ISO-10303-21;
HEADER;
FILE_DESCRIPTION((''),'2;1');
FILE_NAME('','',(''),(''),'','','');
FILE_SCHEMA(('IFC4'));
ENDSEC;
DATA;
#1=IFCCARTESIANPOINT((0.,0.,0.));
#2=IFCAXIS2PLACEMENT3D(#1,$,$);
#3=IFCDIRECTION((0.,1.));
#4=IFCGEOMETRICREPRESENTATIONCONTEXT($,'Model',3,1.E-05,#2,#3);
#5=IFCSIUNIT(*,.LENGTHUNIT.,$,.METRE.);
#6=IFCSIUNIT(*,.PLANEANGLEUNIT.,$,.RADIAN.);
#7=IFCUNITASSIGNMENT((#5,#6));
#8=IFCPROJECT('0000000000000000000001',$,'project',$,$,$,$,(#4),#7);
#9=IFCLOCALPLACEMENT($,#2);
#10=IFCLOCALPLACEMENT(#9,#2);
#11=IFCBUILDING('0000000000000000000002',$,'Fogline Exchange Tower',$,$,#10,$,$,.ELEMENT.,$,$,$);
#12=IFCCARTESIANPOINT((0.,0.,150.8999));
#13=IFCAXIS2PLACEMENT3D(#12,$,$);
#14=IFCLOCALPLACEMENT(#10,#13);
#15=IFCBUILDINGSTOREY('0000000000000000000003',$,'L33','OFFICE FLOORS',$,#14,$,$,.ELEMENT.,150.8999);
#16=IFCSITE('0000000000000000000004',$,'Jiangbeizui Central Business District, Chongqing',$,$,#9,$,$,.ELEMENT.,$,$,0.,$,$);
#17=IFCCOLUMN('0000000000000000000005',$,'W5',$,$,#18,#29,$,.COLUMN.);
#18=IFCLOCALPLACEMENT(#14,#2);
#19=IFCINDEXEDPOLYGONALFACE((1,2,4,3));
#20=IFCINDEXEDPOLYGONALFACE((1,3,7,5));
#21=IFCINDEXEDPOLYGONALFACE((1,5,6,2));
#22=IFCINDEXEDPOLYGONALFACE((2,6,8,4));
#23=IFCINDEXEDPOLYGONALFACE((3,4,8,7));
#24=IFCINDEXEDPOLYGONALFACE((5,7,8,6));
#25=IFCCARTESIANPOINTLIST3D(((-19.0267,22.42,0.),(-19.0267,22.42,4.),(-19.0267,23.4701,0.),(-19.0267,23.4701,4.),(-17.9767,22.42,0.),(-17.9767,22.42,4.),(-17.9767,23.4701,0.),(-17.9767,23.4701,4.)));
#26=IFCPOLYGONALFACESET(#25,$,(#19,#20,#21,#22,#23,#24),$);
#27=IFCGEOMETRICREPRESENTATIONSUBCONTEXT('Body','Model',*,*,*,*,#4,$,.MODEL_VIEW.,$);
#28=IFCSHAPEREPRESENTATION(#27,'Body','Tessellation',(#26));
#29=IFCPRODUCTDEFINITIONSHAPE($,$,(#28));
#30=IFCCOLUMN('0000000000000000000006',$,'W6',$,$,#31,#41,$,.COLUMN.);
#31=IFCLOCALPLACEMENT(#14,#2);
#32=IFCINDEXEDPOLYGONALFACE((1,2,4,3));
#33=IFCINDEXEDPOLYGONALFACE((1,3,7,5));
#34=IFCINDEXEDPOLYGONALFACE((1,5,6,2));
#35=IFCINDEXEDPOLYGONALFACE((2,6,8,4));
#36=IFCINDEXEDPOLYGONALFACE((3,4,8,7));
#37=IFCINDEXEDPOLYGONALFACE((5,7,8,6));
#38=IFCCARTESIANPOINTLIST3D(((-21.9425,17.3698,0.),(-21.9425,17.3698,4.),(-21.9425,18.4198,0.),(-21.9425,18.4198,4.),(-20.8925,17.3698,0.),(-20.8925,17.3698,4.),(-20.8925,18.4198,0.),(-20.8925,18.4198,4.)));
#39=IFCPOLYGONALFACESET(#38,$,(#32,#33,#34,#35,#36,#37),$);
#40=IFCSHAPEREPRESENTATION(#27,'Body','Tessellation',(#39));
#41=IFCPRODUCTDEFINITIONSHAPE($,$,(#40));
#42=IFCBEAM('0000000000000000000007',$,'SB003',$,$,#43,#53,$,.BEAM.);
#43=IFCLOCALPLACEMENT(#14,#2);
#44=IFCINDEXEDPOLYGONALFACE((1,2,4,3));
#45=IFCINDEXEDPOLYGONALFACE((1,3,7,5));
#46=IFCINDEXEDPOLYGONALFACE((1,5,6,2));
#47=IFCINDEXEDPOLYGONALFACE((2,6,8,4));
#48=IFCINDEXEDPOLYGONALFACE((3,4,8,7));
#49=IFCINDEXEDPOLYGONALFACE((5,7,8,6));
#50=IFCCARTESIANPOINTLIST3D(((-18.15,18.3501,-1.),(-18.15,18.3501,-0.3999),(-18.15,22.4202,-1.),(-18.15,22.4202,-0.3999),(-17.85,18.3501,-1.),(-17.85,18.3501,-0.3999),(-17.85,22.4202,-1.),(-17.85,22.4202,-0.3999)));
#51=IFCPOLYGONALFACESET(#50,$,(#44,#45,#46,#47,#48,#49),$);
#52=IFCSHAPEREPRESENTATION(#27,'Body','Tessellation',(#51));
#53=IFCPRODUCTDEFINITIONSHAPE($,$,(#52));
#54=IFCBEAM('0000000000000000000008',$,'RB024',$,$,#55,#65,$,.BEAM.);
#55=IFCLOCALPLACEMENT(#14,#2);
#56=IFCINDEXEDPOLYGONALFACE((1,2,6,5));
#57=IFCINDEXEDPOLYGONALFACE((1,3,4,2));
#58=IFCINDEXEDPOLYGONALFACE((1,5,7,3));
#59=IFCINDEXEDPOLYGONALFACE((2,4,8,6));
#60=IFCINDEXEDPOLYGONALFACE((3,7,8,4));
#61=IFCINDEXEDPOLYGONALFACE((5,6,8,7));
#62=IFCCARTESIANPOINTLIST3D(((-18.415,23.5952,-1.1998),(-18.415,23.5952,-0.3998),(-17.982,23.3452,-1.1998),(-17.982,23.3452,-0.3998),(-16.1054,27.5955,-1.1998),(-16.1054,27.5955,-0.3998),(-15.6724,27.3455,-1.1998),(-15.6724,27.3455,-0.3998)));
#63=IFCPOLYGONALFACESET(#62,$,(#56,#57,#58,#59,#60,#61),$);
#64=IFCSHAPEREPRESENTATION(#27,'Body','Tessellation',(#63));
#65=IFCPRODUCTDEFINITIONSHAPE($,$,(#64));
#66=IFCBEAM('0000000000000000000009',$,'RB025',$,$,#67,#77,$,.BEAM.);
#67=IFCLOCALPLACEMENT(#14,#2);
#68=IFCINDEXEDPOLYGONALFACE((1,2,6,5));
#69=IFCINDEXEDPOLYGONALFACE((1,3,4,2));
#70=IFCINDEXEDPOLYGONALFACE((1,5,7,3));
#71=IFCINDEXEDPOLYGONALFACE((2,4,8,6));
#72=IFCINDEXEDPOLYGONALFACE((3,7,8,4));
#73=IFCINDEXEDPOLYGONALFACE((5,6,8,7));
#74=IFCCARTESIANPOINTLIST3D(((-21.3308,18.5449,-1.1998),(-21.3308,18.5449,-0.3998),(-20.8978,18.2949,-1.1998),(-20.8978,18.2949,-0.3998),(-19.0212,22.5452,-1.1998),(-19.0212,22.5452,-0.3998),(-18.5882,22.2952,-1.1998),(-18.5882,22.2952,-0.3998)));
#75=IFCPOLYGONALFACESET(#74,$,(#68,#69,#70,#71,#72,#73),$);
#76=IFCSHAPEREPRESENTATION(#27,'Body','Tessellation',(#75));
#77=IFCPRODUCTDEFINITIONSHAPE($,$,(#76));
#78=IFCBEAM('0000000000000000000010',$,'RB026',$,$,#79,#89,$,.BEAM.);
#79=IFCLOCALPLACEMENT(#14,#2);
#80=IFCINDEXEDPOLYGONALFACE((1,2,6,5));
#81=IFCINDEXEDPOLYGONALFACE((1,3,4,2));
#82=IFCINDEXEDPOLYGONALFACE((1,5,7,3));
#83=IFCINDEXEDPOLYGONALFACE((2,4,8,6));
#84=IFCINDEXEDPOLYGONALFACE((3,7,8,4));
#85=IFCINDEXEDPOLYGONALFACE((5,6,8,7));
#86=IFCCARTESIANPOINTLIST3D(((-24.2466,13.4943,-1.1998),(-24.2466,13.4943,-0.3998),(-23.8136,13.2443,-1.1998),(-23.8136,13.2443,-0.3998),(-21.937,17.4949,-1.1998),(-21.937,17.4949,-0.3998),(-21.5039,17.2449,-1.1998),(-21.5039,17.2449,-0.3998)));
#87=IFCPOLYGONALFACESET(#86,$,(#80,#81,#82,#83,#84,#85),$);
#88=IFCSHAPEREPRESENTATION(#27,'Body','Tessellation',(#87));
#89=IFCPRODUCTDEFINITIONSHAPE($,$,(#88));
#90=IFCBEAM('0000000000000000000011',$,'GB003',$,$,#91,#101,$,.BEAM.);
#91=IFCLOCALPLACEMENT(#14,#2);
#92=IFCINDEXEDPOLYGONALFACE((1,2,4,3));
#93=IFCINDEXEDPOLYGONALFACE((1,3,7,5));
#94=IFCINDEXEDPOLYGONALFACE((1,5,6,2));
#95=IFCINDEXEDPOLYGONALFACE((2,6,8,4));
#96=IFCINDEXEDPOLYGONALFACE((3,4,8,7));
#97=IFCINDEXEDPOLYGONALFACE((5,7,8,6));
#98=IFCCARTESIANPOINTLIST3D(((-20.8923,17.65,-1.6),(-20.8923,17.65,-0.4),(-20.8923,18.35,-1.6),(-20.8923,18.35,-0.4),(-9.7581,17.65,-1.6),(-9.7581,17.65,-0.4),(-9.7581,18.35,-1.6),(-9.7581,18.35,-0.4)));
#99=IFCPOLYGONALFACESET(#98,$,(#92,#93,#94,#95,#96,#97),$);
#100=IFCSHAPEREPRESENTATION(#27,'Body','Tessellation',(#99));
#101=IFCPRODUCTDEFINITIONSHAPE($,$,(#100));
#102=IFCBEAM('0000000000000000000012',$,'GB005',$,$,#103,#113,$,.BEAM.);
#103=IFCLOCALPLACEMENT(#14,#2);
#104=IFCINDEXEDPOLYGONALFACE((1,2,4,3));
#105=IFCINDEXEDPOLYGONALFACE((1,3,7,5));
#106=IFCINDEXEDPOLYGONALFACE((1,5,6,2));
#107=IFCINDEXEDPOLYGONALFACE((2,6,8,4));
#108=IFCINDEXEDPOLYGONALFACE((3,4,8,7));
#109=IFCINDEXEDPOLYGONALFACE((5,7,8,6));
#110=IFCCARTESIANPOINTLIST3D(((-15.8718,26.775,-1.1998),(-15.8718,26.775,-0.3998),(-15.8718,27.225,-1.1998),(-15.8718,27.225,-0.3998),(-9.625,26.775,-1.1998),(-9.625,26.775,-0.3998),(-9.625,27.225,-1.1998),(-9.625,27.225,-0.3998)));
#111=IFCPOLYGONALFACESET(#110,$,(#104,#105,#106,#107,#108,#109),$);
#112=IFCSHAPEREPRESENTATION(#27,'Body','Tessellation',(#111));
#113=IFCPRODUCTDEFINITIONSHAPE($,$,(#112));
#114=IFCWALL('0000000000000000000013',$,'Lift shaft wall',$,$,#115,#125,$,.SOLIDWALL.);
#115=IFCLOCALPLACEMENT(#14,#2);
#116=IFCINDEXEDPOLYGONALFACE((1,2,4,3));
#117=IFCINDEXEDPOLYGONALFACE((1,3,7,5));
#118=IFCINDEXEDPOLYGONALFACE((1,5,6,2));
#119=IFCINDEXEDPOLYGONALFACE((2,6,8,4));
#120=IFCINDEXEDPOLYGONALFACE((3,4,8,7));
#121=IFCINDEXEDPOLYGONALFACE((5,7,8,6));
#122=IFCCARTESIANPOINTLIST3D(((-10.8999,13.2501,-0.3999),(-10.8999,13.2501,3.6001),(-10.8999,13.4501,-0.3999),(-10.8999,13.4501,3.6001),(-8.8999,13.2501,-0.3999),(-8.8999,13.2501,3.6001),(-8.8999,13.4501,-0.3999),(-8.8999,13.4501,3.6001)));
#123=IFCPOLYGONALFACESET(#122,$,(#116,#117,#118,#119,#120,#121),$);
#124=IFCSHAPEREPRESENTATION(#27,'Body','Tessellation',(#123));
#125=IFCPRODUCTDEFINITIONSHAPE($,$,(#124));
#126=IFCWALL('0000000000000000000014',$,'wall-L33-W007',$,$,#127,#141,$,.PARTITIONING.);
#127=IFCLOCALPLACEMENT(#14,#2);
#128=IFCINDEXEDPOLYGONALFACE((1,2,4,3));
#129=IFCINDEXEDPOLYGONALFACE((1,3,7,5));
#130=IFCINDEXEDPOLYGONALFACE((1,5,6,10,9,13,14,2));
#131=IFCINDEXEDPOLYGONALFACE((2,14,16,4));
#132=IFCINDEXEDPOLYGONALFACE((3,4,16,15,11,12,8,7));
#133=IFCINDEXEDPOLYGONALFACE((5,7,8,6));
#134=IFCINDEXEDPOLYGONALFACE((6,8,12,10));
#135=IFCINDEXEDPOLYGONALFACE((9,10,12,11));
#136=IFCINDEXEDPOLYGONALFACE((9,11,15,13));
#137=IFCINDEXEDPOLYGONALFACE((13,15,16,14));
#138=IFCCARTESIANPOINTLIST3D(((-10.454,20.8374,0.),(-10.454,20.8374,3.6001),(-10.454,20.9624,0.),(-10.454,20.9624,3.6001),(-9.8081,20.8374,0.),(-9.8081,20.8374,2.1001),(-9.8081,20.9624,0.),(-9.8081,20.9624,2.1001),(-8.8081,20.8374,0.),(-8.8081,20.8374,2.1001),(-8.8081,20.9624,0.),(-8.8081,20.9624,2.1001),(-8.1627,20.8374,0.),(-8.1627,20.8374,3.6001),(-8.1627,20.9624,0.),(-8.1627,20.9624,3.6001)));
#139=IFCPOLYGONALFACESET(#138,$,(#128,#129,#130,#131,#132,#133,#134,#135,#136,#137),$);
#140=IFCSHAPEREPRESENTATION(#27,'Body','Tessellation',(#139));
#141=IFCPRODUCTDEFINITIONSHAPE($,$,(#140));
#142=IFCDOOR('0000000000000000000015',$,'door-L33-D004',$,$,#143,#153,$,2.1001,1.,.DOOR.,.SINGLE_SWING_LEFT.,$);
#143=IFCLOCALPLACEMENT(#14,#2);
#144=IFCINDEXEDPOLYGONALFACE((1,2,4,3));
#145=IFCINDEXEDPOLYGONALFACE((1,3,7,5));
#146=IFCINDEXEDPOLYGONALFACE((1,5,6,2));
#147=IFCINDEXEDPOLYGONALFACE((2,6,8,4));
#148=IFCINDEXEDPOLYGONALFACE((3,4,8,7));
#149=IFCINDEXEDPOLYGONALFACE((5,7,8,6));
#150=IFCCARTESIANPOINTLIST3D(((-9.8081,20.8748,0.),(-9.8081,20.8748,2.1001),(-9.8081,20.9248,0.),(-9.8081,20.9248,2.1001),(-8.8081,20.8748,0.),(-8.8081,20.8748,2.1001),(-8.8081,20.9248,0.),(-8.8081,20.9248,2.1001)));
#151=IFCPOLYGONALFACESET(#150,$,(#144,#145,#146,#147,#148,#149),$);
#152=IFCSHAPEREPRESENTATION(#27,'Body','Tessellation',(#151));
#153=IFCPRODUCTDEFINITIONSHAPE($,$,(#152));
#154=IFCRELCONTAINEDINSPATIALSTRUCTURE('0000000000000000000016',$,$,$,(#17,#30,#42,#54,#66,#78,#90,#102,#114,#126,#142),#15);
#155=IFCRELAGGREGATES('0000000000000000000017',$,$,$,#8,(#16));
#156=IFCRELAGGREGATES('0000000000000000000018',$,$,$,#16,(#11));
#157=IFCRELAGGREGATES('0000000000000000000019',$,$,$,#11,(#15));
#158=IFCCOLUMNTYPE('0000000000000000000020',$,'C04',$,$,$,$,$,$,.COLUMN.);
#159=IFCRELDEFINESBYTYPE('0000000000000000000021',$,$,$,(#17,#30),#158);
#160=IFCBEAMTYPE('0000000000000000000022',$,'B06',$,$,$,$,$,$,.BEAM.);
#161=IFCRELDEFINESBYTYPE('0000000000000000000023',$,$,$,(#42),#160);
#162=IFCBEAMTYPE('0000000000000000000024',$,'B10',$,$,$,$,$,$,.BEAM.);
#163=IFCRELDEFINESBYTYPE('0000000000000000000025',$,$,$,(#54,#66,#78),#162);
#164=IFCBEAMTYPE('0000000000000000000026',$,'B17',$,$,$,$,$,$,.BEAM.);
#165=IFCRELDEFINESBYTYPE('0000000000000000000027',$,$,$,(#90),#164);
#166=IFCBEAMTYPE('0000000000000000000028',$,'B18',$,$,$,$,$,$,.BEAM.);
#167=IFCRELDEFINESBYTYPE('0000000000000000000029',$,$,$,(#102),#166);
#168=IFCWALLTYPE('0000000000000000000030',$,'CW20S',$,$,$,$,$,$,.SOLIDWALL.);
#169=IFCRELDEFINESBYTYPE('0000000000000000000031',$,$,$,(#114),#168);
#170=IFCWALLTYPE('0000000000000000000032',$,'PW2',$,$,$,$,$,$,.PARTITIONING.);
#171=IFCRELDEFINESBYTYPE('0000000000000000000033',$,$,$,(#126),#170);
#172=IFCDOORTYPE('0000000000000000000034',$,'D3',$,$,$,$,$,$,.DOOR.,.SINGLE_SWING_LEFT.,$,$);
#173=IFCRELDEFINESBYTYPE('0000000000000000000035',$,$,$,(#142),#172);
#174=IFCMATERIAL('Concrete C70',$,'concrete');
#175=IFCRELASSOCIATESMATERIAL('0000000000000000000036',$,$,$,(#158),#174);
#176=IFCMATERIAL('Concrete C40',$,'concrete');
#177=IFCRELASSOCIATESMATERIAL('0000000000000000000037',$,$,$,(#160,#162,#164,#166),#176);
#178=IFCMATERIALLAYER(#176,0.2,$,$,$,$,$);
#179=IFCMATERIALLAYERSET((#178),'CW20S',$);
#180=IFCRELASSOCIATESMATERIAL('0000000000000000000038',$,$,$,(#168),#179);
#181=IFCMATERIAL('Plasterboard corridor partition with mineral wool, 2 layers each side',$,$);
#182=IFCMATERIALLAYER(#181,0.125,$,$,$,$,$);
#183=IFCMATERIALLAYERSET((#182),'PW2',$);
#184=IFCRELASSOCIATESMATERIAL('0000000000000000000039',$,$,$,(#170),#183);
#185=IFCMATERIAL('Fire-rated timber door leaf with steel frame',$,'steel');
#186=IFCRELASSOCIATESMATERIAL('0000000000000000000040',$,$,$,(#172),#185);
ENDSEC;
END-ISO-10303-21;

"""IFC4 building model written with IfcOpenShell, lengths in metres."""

from ifc_helpers import new_model, si_unit, direction, frame, frame_2d, origin, origin_2d, place, context, subcontext, project, spatial, rectangle, extrude, material, layer, layer_set, material_profile, profile_set, type_object, element, fill, save


model = new_model("IFC4")

# Units and contexts
model_context = context("Model", 3, precision=1e-05, world=origin(), true_north=direction((0.0, 1.0)))
body_context = subcontext(model_context, "Body", "Model", "MODEL_VIEW")
ifc_project = project(units=[si_unit("LENGTHUNIT", "METRE"), si_unit("PLANEANGLEUNIT", "RADIAN")], contexts=[model_context])

# Site, building, storey
site_placement = place(None, origin())
site = spatial("IfcSite", under=ifc_project, at=site_placement, Name="Jiangbeizui Central Business District, Chongqing", CompositionType="ELEMENT", RefElevation=0.0)
building_placement = place(site_placement, origin())
building = spatial("IfcBuilding", under=site, at=building_placement, Name="Fogline Exchange Tower", CompositionType="ELEMENT")
storey_placement = place(building_placement, frame((0.0, 0.0, 150.8999)))
storey = spatial("IfcBuildingStorey", under=building, at=storey_placement, Name="L33", Description="OFFICE FLOORS", CompositionType="ELEMENT", Elevation=150.8999)

# Columns
ifc_material_1 = material(Name="Concrete C70", Category="concrete")
ifc_material_profile_1 = material_profile(ifc_material_1, rectangle(XDim=1.05, YDim=1.05, at=origin_2d()), Name="RC 1050x1050")
ifc_profile_set_1 = profile_set([ifc_material_profile_1], Name="Concrete C70")
column_type = type_object("IfcColumnType", Name="C04", PredefinedType="COLUMN", material=ifc_profile_set_1)
for number, where, z_axis, x_axis, name in (
    (1, (-18.5017, 22.9451, 0.0), (0.0, 0.0, 1.0), (1.0, 0.0, 0.0), "W5"),
    (2, (-21.4175, 17.8948, 0.0), (0.0, 0.0, 1.0), (1.0, 0.0, 0.0), "W6"),
):
    element("IfcColumn", number, at=place(storey_placement, frame(where, z_axis=z_axis, x_axis=x_axis)), inside=storey, type_object=column_type, Name=name, PredefinedType="COLUMN", context=body_context, shape_type="SweptSolid", body=[
        extrude(rectangle(XDim=1.05, YDim=1.05, at=origin_2d()), origin(), (0.0, 0.0, 1.0), 4.0),
    ])

# Beams
ifc_material_2 = material(Name="Concrete C40", Category="concrete")
ifc_material_profile_2 = material_profile(ifc_material_2, rectangle(XDim=0.3, YDim=0.6001, at=origin_2d()), Name="RC 300x600")
ifc_profile_set_2 = profile_set([ifc_material_profile_2], Name="Concrete C40")
beam_type_1 = type_object("IfcBeamType", Name="B06", PredefinedType="BEAM", material=ifc_profile_set_2)
beam_1_placement = place(storey_placement, frame((-18.0, 18.3501, -0.7), z_axis=(0.0, 1.0, 0.0), x_axis=(-1.0, 0.0, 0.0)))
element("IfcBeam", 3, at=beam_1_placement, inside=storey, type_object=beam_type_1, Name="SB003", PredefinedType="BEAM", context=body_context, shape_type="SweptSolid", body=[
    extrude(rectangle(XDim=0.3, YDim=0.6001, at=origin_2d()), origin(), (0.0, 0.0, 1.0), 4.0701),
])
ifc_material_profile_3 = material_profile(ifc_material_2, rectangle(XDim=0.5, YDim=0.8, at=origin_2d()), Name="RC 500x800")
ifc_profile_set_3 = profile_set([ifc_material_profile_3], Name="Concrete C40")
beam_type_2 = type_object("IfcBeamType", Name="B10", PredefinedType="BEAM", material=ifc_profile_set_3)
for number, where, z_axis, x_axis, name in (
    (4, (-15.8889, 27.4705, -0.7998), (-0.500005, -0.866023, 0.0), (0.866023, -0.500005, 0.0), "RB024"),
    (5, (-18.8047, 22.4202, -0.7998), (-0.500005, -0.866023, 0.0), (0.866023, -0.500005, 0.0), "RB025"),
):
    element("IfcBeam", number, at=place(storey_placement, frame(where, z_axis=z_axis, x_axis=x_axis)), inside=storey, type_object=beam_type_2, Name=name, PredefinedType="BEAM", context=body_context, shape_type="SweptSolid", body=[
        extrude(rectangle(XDim=0.5, YDim=0.8, at=origin_2d()), origin(), (0.0, 0.0, 1.0), 4.6191),
    ])
beam_2_placement = place(storey_placement, frame((-21.7205, 17.3699, -0.7998), z_axis=(-0.499982, -0.866036, 0.0), x_axis=(0.866036, -0.499982, 0.0)))
element("IfcBeam", 6, at=beam_2_placement, inside=storey, type_object=beam_type_2, Name="RB026", PredefinedType="BEAM", context=body_context, shape_type="SweptSolid", body=[
    extrude(rectangle(XDim=0.5, YDim=0.8, at=origin_2d()), origin(), (0.0, 0.0, 1.0), 4.6194),
])
ifc_material_profile_4 = material_profile(ifc_material_2, rectangle(XDim=0.7, YDim=1.2, at=origin_2d()), Name="RC 700x1200")
ifc_profile_set_4 = profile_set([ifc_material_profile_4], Name="Concrete C40")
beam_type_3 = type_object("IfcBeamType", Name="B17", PredefinedType="BEAM", material=ifc_profile_set_4)
beam_3_placement = place(storey_placement, frame((-20.8923, 18.0, -1.0), z_axis=(1.0, 0.0, 0.0), x_axis=(0.0, 1.0, 0.0)))
element("IfcBeam", 7, at=beam_3_placement, inside=storey, type_object=beam_type_3, Name="GB003", PredefinedType="BEAM", context=body_context, shape_type="SweptSolid", body=[
    extrude(rectangle(XDim=0.7, YDim=1.2, at=origin_2d()), origin(), (0.0, 0.0, 1.0), 11.1343),
])
ifc_material_profile_5 = material_profile(ifc_material_2, rectangle(XDim=0.45, YDim=0.8, at=origin_2d()), Name="RC 450x800")
ifc_profile_set_5 = profile_set([ifc_material_profile_5], Name="Concrete C40")
beam_type_4 = type_object("IfcBeamType", Name="B18", PredefinedType="BEAM", material=ifc_profile_set_5)
beam_4_placement = place(storey_placement, frame((-15.8718, 27.0, -0.7998), z_axis=(1.0, 0.0, 0.0), x_axis=(0.0, 1.0, 0.0)))
element("IfcBeam", 8, at=beam_4_placement, inside=storey, type_object=beam_type_4, Name="GB005", PredefinedType="BEAM", context=body_context, shape_type="SweptSolid", body=[
    extrude(rectangle(XDim=0.45, YDim=0.8, at=origin_2d()), origin(), (0.0, 0.0, 1.0), 6.2468),
])

# Wall
ifc_layer_1 = layer(ifc_material_2, 0.2)
ifc_layer_set_1 = layer_set([ifc_layer_1], Name="CW20S")
wall_type_1 = type_object("IfcWallType", Name="CW20S", PredefinedType="SOLIDWALL", material=ifc_layer_set_1)
wall_1_placement = place(storey_placement, frame((-10.8999, 13.3501, -0.3999), z_axis=(0.0, 0.0, 1.0), x_axis=(1.0, 0.0, 0.0)))
element("IfcWall", 9, at=wall_1_placement, inside=storey, type_object=wall_type_1, Name="Lift shaft wall", PredefinedType="SOLIDWALL", context=body_context, shape_type="SweptSolid", body=[
    extrude(rectangle(XDim=2.0, YDim=0.2, at=frame_2d((1.0, 0.0))), origin(), (0.0, 0.0, 1.0), 4.0),
])

# Wall, opening, door
ifc_material_3 = material(Name="Plasterboard corridor partition with mineral wool, 2 layers each side")
ifc_layer_2 = layer(ifc_material_3, 0.125)
ifc_layer_set_2 = layer_set([ifc_layer_2], Name="PW2")
wall_type_2 = type_object("IfcWallType", Name="PW2", PredefinedType="PARTITIONING", material=ifc_layer_set_2)
wall_2_placement = place(storey_placement, frame((-10.4539, 20.8999, 0.0), z_axis=(0.0, 0.0, 1.0), x_axis=(1.0, 0.0, 0.0)))
wall_2 = element("IfcWall", 10, at=wall_2_placement, inside=storey, type_object=wall_type_2, Name="wall-L33-W007", PredefinedType="PARTITIONING", context=body_context, shape_type="SweptSolid", body=[
    extrude(rectangle(XDim=2.2913, YDim=0.125, at=frame_2d((1.1455, 0.0))), origin(), (0.0, 0.0, 1.0), 3.6001),
])
opening_1_placement = place(wall_2_placement, frame((0.6458, 0.0, 0.0)))
opening_1 = element("IfcOpeningElement", 11, at=opening_1_placement, cuts=wall_2, PredefinedType="OPENING", context=body_context, shape_type="SweptSolid", body=[
    extrude(rectangle(XDim=1.0, YDim=2.1001, at=frame_2d((0.5, 1.05))), frame((0.0, 0.0725, 0.0), z_axis=(0.0, -1.0, 0.0), x_axis=(1.0, 0.0, 0.0)), (0.0, 0.0, 1.0), 0.145),
])
ifc_material_4 = material(Name="Fire-rated timber door leaf with steel frame", Category="steel")
door_type = type_object("IfcDoorType", Name="D3", OperationType="SINGLE_SWING_LEFT", PredefinedType="DOOR", material=ifc_material_4)
door_1_placement = place(opening_1_placement, origin())
door_1 = element("IfcDoor", 12, at=door_1_placement, inside=storey, type_object=door_type, Name="door-L33-D004", OperationType="SINGLE_SWING_LEFT", OverallHeight=2.1001, OverallWidth=1.0, PredefinedType="DOOR", context=body_context, shape_type="SweptSolid", body=[
    extrude(rectangle(XDim=1.0, YDim=2.1001, at=frame_2d((0.5, 1.05))), frame((0.0, 0.0249, 0.0), z_axis=(0.0, -1.0, 0.0), x_axis=(1.0, 0.0, 0.0)), (0.0, 0.0, 1.0), 0.05),
])
fill(opening_1, door_1)

save(model, "model.ifc")
